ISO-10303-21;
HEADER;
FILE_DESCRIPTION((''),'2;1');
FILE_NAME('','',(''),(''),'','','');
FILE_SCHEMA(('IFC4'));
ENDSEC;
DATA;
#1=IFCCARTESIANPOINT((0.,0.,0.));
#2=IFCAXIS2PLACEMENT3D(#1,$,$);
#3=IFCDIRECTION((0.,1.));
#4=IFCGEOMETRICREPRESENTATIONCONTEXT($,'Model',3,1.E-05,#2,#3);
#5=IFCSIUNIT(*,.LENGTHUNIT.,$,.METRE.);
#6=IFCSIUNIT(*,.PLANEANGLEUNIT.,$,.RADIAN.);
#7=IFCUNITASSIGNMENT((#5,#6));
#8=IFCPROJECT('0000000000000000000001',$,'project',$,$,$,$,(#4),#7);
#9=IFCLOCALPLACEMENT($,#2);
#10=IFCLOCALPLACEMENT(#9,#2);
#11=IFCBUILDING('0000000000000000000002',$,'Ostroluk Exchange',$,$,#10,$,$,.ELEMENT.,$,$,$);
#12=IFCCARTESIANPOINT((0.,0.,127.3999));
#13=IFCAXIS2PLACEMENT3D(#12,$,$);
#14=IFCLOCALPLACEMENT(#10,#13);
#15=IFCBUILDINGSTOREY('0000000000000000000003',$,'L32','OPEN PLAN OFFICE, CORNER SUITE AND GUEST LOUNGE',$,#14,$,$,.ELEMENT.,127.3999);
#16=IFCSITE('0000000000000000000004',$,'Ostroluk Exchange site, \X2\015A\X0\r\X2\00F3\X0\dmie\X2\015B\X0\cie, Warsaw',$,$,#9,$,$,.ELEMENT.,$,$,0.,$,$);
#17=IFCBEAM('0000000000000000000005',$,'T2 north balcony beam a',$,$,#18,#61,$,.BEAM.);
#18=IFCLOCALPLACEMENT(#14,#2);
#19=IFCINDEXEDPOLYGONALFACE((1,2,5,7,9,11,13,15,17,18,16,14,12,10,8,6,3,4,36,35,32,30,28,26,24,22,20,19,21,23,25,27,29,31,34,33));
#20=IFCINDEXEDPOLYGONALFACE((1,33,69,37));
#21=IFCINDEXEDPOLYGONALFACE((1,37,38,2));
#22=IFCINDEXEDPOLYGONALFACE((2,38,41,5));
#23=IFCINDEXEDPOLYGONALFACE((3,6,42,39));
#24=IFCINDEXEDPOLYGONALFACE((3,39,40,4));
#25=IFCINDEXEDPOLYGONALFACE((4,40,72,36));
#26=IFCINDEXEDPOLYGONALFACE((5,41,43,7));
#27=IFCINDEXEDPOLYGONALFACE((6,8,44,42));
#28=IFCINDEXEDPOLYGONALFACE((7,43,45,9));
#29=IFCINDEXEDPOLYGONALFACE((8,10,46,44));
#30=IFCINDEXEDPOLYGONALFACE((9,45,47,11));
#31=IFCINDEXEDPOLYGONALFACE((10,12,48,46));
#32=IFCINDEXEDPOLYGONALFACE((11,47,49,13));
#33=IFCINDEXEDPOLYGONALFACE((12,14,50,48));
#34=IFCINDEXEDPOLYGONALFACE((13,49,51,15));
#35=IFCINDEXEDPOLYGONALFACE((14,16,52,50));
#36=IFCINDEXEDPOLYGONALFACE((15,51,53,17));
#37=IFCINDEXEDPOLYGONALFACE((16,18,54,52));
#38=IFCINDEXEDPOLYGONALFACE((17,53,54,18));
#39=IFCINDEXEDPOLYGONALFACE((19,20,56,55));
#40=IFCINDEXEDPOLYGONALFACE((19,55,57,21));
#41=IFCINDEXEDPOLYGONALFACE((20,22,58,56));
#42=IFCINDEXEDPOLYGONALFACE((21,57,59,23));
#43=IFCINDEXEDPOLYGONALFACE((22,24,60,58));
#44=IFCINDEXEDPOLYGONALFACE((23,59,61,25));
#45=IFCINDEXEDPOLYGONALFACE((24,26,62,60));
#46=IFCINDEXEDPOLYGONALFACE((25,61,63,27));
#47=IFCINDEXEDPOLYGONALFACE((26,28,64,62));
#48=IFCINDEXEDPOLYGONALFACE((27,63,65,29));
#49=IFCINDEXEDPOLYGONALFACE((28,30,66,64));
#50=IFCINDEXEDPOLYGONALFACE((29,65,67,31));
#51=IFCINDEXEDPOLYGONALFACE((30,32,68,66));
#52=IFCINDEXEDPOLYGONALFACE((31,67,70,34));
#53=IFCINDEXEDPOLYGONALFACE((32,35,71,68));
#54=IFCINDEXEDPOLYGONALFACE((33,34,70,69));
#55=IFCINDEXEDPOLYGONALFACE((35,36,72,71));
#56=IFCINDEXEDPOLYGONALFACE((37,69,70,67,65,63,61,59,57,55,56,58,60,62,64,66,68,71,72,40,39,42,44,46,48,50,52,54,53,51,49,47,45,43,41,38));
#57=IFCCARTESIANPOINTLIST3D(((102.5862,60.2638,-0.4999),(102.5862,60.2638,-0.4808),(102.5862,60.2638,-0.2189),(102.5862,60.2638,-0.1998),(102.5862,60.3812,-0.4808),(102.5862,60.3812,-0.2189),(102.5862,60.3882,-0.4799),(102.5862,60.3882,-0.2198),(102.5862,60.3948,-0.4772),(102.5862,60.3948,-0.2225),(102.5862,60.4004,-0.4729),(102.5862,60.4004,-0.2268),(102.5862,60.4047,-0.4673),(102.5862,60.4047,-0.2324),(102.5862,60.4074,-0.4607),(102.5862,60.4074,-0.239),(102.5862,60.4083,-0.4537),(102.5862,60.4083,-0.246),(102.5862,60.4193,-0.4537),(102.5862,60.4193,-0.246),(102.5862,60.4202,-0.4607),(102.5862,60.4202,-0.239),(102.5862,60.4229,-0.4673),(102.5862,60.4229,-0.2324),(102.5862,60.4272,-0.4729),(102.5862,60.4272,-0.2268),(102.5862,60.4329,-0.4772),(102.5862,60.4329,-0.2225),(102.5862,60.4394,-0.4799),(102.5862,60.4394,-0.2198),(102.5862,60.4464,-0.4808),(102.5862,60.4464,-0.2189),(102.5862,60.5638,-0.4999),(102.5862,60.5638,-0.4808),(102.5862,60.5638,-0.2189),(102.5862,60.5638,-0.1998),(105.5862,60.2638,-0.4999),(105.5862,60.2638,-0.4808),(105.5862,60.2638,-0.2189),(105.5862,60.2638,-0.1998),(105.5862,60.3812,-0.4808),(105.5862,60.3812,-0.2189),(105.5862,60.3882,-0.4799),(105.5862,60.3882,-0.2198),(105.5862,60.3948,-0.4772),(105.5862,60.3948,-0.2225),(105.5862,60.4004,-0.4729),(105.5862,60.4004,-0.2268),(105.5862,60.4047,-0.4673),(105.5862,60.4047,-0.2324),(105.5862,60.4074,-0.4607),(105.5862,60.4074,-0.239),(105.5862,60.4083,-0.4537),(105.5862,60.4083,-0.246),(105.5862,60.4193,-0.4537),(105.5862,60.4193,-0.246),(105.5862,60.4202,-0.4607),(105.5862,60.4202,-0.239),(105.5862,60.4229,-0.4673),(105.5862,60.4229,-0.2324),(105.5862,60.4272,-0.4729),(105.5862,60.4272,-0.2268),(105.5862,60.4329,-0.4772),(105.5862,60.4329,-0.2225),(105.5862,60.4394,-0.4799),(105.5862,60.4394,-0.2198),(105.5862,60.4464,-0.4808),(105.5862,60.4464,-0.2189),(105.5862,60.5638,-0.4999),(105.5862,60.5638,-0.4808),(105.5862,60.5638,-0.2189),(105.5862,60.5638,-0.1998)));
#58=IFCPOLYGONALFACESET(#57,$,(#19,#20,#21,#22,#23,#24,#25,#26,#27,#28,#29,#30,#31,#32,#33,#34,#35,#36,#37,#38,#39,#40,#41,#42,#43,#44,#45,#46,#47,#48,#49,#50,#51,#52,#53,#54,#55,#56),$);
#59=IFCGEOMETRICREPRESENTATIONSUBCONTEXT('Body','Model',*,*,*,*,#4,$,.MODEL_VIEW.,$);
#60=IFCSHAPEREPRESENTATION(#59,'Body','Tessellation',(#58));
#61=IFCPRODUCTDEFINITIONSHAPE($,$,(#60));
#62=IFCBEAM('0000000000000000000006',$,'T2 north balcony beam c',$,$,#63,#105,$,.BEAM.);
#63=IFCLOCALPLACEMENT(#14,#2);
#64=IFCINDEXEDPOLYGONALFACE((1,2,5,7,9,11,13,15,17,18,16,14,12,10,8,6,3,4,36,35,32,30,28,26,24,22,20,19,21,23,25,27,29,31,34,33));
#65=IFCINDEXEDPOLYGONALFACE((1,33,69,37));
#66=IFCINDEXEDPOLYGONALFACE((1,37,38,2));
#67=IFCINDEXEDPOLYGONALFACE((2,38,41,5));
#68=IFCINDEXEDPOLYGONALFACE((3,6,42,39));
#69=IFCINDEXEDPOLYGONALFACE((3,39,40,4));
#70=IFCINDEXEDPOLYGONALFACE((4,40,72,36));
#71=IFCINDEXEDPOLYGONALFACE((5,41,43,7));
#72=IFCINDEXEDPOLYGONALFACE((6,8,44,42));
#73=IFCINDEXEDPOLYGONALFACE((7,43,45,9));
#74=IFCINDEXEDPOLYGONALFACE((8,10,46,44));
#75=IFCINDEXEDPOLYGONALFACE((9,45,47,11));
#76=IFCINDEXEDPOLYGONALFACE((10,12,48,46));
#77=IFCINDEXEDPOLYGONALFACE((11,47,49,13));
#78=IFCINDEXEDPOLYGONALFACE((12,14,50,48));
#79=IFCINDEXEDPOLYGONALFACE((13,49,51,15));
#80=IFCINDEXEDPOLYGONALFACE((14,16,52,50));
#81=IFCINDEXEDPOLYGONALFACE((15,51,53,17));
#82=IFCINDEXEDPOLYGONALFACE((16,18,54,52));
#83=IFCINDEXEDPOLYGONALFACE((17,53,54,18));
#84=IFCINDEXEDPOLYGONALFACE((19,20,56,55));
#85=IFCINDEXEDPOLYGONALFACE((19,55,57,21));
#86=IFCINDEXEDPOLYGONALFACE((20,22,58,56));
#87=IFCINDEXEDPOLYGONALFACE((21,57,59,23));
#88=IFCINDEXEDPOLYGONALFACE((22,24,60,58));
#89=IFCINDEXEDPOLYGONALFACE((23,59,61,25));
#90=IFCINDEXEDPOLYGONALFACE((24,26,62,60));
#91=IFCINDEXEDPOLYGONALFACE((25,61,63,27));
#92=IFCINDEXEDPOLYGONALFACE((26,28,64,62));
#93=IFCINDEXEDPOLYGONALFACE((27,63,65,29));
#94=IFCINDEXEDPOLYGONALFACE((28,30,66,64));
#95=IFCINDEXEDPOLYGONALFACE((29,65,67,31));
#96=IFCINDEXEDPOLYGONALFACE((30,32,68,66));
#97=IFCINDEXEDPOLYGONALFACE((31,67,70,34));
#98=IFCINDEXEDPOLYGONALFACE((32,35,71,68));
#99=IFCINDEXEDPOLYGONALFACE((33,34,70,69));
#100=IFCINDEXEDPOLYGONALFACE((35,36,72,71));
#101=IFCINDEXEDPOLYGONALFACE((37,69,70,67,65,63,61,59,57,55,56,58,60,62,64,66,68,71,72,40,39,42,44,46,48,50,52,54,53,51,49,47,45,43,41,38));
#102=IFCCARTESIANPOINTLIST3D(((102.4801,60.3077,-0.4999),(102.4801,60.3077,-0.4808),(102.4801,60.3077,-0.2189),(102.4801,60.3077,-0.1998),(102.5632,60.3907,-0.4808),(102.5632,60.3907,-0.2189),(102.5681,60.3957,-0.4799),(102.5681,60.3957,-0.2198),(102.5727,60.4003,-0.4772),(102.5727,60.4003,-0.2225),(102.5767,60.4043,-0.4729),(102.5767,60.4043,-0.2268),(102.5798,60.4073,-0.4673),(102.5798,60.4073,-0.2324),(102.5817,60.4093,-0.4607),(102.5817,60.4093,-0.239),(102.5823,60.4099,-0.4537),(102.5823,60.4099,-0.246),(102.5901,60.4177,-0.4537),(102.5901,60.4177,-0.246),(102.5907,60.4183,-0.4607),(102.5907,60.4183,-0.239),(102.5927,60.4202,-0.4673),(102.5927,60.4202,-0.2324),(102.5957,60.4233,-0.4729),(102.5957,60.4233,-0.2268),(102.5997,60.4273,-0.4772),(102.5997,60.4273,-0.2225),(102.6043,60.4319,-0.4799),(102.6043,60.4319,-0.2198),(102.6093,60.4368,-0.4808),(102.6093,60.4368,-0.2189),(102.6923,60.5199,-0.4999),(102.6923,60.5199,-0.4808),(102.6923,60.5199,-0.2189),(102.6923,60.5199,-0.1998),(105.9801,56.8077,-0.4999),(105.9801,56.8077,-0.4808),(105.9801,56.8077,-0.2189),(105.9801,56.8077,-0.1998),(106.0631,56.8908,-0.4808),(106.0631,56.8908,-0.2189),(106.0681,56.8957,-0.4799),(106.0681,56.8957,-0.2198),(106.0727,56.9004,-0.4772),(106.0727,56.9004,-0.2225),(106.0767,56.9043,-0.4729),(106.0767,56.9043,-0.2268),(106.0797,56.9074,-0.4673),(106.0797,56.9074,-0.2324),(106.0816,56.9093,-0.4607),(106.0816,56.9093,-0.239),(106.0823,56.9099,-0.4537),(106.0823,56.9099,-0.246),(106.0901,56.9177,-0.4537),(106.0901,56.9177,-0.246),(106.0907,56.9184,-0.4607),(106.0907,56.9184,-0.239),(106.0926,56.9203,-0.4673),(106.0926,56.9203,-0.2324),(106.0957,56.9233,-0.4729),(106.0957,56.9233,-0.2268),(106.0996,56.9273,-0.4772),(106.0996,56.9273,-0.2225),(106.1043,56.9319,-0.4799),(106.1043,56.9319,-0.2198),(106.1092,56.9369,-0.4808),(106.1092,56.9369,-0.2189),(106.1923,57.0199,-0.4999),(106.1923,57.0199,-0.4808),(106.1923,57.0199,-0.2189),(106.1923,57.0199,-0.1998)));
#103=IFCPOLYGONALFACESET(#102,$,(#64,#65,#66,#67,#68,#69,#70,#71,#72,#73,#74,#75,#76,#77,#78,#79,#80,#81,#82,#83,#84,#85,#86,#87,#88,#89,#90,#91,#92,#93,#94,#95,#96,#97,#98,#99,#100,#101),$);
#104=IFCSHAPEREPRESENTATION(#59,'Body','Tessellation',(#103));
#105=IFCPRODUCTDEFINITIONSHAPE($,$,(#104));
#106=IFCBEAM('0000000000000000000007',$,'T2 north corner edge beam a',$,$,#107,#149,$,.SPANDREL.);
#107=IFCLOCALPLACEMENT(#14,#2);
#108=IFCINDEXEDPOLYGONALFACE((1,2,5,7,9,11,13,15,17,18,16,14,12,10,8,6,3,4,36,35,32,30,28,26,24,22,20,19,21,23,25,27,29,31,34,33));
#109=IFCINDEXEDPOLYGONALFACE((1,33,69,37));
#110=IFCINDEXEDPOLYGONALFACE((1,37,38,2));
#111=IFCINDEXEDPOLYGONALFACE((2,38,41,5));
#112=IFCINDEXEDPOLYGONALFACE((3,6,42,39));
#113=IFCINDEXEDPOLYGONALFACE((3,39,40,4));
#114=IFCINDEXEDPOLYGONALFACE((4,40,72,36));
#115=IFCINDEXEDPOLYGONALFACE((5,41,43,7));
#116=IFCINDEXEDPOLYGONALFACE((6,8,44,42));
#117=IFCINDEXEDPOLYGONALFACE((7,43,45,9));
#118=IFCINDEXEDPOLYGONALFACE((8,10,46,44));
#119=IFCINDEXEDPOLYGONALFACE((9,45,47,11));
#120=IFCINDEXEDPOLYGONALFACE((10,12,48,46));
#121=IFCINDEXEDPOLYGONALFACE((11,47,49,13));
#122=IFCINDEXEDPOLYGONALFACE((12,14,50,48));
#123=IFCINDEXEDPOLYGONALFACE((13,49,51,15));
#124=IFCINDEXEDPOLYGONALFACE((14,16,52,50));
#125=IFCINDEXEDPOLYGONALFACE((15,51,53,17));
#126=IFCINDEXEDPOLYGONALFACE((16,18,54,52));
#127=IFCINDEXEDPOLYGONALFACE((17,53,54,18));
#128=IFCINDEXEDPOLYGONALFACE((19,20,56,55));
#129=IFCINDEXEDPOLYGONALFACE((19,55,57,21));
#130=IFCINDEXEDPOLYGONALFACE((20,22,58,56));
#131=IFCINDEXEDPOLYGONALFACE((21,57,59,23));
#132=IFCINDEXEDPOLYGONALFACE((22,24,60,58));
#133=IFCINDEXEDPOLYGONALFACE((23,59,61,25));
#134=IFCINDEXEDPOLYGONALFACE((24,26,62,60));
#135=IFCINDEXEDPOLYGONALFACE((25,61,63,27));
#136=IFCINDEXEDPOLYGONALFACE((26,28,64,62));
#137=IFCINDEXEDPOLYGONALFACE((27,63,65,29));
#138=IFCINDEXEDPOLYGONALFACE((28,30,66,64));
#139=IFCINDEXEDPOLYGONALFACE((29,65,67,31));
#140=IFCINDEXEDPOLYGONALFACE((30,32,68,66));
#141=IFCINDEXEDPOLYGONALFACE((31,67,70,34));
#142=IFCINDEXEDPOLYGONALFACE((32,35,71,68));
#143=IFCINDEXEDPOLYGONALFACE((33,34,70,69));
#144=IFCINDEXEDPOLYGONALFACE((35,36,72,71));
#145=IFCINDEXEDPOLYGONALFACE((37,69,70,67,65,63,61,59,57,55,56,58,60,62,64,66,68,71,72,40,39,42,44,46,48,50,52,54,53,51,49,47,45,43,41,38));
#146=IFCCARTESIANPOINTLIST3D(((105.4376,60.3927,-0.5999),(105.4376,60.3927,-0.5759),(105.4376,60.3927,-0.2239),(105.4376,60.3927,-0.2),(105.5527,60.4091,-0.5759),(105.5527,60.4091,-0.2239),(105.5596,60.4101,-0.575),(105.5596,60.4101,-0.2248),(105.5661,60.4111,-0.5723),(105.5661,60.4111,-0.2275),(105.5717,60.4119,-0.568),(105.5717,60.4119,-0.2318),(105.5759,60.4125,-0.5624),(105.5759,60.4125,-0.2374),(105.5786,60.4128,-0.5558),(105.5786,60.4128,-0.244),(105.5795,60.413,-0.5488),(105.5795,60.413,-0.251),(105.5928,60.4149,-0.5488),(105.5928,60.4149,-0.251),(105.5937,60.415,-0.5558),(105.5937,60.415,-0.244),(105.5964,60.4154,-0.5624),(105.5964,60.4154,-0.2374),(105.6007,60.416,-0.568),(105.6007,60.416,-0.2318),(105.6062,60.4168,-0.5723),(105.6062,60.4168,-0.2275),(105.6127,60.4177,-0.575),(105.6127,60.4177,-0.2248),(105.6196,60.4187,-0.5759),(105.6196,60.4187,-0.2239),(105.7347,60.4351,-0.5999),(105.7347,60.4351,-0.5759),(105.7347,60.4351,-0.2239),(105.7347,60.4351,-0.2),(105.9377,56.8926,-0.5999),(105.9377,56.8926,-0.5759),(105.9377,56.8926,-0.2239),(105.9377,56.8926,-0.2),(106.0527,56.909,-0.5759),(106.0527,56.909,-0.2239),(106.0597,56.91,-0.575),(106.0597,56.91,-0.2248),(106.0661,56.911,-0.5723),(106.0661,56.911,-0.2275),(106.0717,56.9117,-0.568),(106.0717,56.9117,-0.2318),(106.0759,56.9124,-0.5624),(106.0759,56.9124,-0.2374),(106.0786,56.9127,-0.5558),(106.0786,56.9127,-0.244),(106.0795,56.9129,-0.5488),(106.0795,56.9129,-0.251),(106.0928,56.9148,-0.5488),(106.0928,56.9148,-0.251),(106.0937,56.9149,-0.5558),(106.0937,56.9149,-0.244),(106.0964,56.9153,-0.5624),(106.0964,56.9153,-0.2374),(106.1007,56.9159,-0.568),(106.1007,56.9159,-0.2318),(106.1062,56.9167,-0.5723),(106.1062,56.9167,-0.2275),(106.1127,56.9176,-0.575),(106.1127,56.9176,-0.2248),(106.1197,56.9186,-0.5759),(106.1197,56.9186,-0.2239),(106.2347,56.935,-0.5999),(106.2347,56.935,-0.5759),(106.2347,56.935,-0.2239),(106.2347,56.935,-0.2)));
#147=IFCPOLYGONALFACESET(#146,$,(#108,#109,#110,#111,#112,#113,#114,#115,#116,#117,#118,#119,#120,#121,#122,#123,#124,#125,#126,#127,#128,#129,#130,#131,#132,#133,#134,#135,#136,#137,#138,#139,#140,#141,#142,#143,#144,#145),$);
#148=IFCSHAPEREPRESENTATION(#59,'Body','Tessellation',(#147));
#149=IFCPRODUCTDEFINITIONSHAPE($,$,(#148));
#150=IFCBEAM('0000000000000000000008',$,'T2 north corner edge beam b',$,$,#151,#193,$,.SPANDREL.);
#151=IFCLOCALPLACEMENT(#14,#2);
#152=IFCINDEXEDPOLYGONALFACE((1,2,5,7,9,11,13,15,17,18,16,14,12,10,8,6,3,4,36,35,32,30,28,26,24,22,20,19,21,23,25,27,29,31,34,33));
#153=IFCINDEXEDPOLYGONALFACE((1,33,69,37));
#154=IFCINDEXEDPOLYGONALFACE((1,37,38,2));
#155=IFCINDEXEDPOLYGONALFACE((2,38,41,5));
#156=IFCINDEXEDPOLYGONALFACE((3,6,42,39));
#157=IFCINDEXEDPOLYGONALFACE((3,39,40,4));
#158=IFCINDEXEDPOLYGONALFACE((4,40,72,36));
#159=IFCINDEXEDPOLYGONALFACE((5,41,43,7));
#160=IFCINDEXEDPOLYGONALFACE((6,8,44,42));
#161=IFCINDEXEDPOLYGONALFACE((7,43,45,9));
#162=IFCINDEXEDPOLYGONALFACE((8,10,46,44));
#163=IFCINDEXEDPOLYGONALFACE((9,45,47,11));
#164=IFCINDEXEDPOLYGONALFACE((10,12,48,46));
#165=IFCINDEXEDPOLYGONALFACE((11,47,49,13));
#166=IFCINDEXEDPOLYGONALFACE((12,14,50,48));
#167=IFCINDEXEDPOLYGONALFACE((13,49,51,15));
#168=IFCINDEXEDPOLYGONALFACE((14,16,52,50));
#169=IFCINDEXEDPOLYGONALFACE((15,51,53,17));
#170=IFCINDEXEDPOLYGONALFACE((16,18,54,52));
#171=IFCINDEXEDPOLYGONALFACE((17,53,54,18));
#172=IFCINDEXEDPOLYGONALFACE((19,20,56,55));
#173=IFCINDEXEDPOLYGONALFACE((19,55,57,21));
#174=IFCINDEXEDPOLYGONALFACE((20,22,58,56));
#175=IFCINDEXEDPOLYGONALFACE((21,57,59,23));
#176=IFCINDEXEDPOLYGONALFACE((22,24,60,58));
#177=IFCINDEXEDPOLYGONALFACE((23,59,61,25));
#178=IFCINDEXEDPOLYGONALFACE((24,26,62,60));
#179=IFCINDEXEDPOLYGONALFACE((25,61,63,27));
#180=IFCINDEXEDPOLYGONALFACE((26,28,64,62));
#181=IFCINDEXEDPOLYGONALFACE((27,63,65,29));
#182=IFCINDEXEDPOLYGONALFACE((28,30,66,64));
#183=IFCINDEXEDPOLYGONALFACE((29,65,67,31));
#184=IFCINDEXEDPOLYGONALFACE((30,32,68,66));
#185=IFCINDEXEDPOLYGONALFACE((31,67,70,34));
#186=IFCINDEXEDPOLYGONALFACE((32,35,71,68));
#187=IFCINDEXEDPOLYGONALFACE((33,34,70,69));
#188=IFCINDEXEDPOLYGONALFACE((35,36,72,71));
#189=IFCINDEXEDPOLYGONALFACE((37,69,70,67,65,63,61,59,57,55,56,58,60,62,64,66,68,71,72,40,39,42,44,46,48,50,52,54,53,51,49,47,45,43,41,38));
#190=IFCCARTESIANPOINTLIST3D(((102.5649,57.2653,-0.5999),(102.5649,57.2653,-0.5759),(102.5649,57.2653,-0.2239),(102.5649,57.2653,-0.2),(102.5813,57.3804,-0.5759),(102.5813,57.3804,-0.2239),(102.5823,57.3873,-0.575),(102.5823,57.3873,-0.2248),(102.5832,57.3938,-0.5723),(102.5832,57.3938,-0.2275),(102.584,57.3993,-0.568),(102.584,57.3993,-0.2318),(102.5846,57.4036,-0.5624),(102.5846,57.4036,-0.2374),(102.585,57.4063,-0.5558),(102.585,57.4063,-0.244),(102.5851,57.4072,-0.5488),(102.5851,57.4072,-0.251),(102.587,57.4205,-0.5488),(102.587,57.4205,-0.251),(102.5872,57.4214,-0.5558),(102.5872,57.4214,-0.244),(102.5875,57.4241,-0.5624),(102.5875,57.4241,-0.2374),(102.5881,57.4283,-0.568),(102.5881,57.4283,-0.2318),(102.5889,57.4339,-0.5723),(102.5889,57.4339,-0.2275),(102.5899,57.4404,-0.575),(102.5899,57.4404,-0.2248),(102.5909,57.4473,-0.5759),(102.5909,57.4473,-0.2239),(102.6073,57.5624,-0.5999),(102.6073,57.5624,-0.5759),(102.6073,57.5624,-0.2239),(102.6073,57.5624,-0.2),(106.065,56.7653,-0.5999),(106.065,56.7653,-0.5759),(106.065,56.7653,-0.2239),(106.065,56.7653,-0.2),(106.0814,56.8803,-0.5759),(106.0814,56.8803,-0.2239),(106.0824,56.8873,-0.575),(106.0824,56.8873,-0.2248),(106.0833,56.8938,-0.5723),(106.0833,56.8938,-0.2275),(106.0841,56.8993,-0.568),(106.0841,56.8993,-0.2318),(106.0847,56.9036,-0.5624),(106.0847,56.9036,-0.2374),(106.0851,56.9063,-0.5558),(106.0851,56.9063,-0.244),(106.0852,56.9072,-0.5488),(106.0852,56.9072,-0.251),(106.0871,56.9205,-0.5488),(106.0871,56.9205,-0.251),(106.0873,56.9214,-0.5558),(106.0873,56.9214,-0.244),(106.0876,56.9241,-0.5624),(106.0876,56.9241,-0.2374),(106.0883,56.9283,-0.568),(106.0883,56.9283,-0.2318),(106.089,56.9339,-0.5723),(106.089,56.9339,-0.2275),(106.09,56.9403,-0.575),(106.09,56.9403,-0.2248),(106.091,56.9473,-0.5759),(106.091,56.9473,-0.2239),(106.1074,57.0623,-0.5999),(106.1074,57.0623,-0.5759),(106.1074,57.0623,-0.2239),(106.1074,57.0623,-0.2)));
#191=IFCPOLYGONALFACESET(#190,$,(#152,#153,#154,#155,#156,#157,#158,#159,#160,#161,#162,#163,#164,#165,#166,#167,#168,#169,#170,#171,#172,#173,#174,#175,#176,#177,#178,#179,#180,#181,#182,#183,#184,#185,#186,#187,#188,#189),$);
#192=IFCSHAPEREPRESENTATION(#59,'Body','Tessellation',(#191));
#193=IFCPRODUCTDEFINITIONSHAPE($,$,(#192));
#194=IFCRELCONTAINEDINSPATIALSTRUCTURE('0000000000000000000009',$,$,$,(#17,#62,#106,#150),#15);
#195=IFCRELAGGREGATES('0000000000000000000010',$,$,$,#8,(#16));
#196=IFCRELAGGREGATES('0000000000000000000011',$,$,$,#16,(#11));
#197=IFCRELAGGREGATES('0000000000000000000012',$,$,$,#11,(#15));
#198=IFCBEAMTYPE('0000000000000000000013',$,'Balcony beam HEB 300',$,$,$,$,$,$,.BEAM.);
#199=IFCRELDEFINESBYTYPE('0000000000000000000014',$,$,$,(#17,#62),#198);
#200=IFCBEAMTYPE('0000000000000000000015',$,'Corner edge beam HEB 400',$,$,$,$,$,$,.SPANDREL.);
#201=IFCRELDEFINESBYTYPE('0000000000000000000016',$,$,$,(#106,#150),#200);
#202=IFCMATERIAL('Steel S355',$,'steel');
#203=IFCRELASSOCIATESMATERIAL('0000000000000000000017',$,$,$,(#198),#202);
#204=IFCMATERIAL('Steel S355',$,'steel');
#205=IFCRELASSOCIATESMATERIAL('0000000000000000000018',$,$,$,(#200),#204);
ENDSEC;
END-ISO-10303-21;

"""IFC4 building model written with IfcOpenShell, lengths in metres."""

from ifc_helpers import new_model, si_unit, direction, frame, origin, origin_2d, place, context, subcontext, project, spatial, i_section, extrude, material, material_profile, profile_set, type_object, element, save


model = new_model("IFC4")

# Units and contexts
model_context = context("Model", 3, precision=1e-05, world=origin(), true_north=direction((0.0, 1.0)))
body_context = subcontext(model_context, "Body", "Model", "MODEL_VIEW")
ifc_project = project(units=[si_unit("LENGTHUNIT", "METRE"), si_unit("PLANEANGLEUNIT", "RADIAN")], contexts=[model_context])

# Site, building, storey
site_placement = place(None, origin())
site = spatial("IfcSite", under=ifc_project, at=site_placement, Name="Ostroluk Exchange site, Śródmieście, Warsaw", CompositionType="ELEMENT", RefElevation=0.0)
building_placement = place(site_placement, origin())
building = spatial("IfcBuilding", under=site, at=building_placement, Name="Ostroluk Exchange", CompositionType="ELEMENT")
storey_placement = place(building_placement, frame((0.0, 0.0, 127.3999)))
storey = spatial("IfcBuildingStorey", under=building, at=storey_placement, Name="L32", Description="OPEN PLAN OFFICE, CORNER SUITE AND GUEST LOUNGE", CompositionType="ELEMENT", Elevation=127.3999)

# Beams
ifc_material_1 = material(Name="Steel S355", Category="steel")
ifc_material_profile_1 = material_profile(ifc_material_1, i_section(OverallWidth=0.3, OverallDepth=0.3, WebThickness=0.011, FlangeThickness=0.019, FilletRadius=0.0271, at=origin_2d()), Name="HEB 300")
ifc_profile_set_1 = profile_set([ifc_material_profile_1], Name="Steel S355")
beam_type_1 = type_object("IfcBeamType", Name="Balcony beam HEB 300", PredefinedType="BEAM", material=ifc_profile_set_1)
beam_1_placement = place(storey_placement, frame((105.5862, 60.4138, -0.3499), z_axis=(-1.0, 0.0, 0.0), x_axis=(0.0, -1.0, 0.0)))
element("IfcBeam", 1, at=beam_1_placement, inside=storey, type_object=beam_type_1, Name="T2 north balcony beam a", PredefinedType="BEAM", context=body_context, shape_type="SweptSolid", body=[
    extrude(i_section(OverallWidth=0.3, OverallDepth=0.3, WebThickness=0.011, FlangeThickness=0.019, FilletRadius=0.0271, at=origin_2d()), origin(), (0.0, 0.0, 1.0), 3.0),
])
beam_2_placement = place(storey_placement, frame((106.0862, 56.9138, -0.3499), z_axis=(-0.707107, 0.707107, 0.0), x_axis=(-0.707107, -0.707107, 0.0)))
element("IfcBeam", 2, at=beam_2_placement, inside=storey, type_object=beam_type_1, Name="T2 north balcony beam c", PredefinedType="BEAM", context=body_context, shape_type="SweptSolid", body=[
    extrude(i_section(OverallWidth=0.3, OverallDepth=0.3, WebThickness=0.011, FlangeThickness=0.019, FilletRadius=0.0271, at=origin_2d()), origin(), (0.0, 0.0, 1.0), 4.9497),
])
ifc_material_2 = material(Name="Steel S355", Category="steel")
ifc_material_profile_2 = material_profile(ifc_material_2, i_section(OverallWidth=0.3, OverallDepth=0.3999, WebThickness=0.0134, FlangeThickness=0.0239, FilletRadius=0.0271, at=origin_2d()), Name="HEB 400")
ifc_profile_set_2 = profile_set([ifc_material_profile_2], Name="Steel S355")
beam_type_2 = type_object("IfcBeamType", Name="Corner edge beam HEB 400", PredefinedType="SPANDREL", material=ifc_profile_set_2)
for number, where, z_axis, x_axis, name in (
    (3, (106.0862, 56.9138, -0.3999), (-0.141421, 0.989949, 0.0), (-0.989949, -0.141421, 0.0), "T2 north corner edge beam a"),
    (4, (106.0862, 56.9138, -0.3999), (-0.989949, 0.141421, 0.0), (-0.141421, -0.989949, 0.0), "T2 north corner edge beam b"),
):
    element("IfcBeam", number, at=place(storey_placement, frame(where, z_axis=z_axis, x_axis=x_axis)), inside=storey, type_object=beam_type_2, Name=name, PredefinedType="SPANDREL", context=body_context, shape_type="SweptSolid", body=[
        extrude(i_section(OverallWidth=0.3, OverallDepth=0.3999, WebThickness=0.0134, FlangeThickness=0.0239, FilletRadius=0.0271, at=origin_2d()), origin(), (0.0, 0.0, 1.0), 3.5356),
    ])

save(model, "model.ifc")
